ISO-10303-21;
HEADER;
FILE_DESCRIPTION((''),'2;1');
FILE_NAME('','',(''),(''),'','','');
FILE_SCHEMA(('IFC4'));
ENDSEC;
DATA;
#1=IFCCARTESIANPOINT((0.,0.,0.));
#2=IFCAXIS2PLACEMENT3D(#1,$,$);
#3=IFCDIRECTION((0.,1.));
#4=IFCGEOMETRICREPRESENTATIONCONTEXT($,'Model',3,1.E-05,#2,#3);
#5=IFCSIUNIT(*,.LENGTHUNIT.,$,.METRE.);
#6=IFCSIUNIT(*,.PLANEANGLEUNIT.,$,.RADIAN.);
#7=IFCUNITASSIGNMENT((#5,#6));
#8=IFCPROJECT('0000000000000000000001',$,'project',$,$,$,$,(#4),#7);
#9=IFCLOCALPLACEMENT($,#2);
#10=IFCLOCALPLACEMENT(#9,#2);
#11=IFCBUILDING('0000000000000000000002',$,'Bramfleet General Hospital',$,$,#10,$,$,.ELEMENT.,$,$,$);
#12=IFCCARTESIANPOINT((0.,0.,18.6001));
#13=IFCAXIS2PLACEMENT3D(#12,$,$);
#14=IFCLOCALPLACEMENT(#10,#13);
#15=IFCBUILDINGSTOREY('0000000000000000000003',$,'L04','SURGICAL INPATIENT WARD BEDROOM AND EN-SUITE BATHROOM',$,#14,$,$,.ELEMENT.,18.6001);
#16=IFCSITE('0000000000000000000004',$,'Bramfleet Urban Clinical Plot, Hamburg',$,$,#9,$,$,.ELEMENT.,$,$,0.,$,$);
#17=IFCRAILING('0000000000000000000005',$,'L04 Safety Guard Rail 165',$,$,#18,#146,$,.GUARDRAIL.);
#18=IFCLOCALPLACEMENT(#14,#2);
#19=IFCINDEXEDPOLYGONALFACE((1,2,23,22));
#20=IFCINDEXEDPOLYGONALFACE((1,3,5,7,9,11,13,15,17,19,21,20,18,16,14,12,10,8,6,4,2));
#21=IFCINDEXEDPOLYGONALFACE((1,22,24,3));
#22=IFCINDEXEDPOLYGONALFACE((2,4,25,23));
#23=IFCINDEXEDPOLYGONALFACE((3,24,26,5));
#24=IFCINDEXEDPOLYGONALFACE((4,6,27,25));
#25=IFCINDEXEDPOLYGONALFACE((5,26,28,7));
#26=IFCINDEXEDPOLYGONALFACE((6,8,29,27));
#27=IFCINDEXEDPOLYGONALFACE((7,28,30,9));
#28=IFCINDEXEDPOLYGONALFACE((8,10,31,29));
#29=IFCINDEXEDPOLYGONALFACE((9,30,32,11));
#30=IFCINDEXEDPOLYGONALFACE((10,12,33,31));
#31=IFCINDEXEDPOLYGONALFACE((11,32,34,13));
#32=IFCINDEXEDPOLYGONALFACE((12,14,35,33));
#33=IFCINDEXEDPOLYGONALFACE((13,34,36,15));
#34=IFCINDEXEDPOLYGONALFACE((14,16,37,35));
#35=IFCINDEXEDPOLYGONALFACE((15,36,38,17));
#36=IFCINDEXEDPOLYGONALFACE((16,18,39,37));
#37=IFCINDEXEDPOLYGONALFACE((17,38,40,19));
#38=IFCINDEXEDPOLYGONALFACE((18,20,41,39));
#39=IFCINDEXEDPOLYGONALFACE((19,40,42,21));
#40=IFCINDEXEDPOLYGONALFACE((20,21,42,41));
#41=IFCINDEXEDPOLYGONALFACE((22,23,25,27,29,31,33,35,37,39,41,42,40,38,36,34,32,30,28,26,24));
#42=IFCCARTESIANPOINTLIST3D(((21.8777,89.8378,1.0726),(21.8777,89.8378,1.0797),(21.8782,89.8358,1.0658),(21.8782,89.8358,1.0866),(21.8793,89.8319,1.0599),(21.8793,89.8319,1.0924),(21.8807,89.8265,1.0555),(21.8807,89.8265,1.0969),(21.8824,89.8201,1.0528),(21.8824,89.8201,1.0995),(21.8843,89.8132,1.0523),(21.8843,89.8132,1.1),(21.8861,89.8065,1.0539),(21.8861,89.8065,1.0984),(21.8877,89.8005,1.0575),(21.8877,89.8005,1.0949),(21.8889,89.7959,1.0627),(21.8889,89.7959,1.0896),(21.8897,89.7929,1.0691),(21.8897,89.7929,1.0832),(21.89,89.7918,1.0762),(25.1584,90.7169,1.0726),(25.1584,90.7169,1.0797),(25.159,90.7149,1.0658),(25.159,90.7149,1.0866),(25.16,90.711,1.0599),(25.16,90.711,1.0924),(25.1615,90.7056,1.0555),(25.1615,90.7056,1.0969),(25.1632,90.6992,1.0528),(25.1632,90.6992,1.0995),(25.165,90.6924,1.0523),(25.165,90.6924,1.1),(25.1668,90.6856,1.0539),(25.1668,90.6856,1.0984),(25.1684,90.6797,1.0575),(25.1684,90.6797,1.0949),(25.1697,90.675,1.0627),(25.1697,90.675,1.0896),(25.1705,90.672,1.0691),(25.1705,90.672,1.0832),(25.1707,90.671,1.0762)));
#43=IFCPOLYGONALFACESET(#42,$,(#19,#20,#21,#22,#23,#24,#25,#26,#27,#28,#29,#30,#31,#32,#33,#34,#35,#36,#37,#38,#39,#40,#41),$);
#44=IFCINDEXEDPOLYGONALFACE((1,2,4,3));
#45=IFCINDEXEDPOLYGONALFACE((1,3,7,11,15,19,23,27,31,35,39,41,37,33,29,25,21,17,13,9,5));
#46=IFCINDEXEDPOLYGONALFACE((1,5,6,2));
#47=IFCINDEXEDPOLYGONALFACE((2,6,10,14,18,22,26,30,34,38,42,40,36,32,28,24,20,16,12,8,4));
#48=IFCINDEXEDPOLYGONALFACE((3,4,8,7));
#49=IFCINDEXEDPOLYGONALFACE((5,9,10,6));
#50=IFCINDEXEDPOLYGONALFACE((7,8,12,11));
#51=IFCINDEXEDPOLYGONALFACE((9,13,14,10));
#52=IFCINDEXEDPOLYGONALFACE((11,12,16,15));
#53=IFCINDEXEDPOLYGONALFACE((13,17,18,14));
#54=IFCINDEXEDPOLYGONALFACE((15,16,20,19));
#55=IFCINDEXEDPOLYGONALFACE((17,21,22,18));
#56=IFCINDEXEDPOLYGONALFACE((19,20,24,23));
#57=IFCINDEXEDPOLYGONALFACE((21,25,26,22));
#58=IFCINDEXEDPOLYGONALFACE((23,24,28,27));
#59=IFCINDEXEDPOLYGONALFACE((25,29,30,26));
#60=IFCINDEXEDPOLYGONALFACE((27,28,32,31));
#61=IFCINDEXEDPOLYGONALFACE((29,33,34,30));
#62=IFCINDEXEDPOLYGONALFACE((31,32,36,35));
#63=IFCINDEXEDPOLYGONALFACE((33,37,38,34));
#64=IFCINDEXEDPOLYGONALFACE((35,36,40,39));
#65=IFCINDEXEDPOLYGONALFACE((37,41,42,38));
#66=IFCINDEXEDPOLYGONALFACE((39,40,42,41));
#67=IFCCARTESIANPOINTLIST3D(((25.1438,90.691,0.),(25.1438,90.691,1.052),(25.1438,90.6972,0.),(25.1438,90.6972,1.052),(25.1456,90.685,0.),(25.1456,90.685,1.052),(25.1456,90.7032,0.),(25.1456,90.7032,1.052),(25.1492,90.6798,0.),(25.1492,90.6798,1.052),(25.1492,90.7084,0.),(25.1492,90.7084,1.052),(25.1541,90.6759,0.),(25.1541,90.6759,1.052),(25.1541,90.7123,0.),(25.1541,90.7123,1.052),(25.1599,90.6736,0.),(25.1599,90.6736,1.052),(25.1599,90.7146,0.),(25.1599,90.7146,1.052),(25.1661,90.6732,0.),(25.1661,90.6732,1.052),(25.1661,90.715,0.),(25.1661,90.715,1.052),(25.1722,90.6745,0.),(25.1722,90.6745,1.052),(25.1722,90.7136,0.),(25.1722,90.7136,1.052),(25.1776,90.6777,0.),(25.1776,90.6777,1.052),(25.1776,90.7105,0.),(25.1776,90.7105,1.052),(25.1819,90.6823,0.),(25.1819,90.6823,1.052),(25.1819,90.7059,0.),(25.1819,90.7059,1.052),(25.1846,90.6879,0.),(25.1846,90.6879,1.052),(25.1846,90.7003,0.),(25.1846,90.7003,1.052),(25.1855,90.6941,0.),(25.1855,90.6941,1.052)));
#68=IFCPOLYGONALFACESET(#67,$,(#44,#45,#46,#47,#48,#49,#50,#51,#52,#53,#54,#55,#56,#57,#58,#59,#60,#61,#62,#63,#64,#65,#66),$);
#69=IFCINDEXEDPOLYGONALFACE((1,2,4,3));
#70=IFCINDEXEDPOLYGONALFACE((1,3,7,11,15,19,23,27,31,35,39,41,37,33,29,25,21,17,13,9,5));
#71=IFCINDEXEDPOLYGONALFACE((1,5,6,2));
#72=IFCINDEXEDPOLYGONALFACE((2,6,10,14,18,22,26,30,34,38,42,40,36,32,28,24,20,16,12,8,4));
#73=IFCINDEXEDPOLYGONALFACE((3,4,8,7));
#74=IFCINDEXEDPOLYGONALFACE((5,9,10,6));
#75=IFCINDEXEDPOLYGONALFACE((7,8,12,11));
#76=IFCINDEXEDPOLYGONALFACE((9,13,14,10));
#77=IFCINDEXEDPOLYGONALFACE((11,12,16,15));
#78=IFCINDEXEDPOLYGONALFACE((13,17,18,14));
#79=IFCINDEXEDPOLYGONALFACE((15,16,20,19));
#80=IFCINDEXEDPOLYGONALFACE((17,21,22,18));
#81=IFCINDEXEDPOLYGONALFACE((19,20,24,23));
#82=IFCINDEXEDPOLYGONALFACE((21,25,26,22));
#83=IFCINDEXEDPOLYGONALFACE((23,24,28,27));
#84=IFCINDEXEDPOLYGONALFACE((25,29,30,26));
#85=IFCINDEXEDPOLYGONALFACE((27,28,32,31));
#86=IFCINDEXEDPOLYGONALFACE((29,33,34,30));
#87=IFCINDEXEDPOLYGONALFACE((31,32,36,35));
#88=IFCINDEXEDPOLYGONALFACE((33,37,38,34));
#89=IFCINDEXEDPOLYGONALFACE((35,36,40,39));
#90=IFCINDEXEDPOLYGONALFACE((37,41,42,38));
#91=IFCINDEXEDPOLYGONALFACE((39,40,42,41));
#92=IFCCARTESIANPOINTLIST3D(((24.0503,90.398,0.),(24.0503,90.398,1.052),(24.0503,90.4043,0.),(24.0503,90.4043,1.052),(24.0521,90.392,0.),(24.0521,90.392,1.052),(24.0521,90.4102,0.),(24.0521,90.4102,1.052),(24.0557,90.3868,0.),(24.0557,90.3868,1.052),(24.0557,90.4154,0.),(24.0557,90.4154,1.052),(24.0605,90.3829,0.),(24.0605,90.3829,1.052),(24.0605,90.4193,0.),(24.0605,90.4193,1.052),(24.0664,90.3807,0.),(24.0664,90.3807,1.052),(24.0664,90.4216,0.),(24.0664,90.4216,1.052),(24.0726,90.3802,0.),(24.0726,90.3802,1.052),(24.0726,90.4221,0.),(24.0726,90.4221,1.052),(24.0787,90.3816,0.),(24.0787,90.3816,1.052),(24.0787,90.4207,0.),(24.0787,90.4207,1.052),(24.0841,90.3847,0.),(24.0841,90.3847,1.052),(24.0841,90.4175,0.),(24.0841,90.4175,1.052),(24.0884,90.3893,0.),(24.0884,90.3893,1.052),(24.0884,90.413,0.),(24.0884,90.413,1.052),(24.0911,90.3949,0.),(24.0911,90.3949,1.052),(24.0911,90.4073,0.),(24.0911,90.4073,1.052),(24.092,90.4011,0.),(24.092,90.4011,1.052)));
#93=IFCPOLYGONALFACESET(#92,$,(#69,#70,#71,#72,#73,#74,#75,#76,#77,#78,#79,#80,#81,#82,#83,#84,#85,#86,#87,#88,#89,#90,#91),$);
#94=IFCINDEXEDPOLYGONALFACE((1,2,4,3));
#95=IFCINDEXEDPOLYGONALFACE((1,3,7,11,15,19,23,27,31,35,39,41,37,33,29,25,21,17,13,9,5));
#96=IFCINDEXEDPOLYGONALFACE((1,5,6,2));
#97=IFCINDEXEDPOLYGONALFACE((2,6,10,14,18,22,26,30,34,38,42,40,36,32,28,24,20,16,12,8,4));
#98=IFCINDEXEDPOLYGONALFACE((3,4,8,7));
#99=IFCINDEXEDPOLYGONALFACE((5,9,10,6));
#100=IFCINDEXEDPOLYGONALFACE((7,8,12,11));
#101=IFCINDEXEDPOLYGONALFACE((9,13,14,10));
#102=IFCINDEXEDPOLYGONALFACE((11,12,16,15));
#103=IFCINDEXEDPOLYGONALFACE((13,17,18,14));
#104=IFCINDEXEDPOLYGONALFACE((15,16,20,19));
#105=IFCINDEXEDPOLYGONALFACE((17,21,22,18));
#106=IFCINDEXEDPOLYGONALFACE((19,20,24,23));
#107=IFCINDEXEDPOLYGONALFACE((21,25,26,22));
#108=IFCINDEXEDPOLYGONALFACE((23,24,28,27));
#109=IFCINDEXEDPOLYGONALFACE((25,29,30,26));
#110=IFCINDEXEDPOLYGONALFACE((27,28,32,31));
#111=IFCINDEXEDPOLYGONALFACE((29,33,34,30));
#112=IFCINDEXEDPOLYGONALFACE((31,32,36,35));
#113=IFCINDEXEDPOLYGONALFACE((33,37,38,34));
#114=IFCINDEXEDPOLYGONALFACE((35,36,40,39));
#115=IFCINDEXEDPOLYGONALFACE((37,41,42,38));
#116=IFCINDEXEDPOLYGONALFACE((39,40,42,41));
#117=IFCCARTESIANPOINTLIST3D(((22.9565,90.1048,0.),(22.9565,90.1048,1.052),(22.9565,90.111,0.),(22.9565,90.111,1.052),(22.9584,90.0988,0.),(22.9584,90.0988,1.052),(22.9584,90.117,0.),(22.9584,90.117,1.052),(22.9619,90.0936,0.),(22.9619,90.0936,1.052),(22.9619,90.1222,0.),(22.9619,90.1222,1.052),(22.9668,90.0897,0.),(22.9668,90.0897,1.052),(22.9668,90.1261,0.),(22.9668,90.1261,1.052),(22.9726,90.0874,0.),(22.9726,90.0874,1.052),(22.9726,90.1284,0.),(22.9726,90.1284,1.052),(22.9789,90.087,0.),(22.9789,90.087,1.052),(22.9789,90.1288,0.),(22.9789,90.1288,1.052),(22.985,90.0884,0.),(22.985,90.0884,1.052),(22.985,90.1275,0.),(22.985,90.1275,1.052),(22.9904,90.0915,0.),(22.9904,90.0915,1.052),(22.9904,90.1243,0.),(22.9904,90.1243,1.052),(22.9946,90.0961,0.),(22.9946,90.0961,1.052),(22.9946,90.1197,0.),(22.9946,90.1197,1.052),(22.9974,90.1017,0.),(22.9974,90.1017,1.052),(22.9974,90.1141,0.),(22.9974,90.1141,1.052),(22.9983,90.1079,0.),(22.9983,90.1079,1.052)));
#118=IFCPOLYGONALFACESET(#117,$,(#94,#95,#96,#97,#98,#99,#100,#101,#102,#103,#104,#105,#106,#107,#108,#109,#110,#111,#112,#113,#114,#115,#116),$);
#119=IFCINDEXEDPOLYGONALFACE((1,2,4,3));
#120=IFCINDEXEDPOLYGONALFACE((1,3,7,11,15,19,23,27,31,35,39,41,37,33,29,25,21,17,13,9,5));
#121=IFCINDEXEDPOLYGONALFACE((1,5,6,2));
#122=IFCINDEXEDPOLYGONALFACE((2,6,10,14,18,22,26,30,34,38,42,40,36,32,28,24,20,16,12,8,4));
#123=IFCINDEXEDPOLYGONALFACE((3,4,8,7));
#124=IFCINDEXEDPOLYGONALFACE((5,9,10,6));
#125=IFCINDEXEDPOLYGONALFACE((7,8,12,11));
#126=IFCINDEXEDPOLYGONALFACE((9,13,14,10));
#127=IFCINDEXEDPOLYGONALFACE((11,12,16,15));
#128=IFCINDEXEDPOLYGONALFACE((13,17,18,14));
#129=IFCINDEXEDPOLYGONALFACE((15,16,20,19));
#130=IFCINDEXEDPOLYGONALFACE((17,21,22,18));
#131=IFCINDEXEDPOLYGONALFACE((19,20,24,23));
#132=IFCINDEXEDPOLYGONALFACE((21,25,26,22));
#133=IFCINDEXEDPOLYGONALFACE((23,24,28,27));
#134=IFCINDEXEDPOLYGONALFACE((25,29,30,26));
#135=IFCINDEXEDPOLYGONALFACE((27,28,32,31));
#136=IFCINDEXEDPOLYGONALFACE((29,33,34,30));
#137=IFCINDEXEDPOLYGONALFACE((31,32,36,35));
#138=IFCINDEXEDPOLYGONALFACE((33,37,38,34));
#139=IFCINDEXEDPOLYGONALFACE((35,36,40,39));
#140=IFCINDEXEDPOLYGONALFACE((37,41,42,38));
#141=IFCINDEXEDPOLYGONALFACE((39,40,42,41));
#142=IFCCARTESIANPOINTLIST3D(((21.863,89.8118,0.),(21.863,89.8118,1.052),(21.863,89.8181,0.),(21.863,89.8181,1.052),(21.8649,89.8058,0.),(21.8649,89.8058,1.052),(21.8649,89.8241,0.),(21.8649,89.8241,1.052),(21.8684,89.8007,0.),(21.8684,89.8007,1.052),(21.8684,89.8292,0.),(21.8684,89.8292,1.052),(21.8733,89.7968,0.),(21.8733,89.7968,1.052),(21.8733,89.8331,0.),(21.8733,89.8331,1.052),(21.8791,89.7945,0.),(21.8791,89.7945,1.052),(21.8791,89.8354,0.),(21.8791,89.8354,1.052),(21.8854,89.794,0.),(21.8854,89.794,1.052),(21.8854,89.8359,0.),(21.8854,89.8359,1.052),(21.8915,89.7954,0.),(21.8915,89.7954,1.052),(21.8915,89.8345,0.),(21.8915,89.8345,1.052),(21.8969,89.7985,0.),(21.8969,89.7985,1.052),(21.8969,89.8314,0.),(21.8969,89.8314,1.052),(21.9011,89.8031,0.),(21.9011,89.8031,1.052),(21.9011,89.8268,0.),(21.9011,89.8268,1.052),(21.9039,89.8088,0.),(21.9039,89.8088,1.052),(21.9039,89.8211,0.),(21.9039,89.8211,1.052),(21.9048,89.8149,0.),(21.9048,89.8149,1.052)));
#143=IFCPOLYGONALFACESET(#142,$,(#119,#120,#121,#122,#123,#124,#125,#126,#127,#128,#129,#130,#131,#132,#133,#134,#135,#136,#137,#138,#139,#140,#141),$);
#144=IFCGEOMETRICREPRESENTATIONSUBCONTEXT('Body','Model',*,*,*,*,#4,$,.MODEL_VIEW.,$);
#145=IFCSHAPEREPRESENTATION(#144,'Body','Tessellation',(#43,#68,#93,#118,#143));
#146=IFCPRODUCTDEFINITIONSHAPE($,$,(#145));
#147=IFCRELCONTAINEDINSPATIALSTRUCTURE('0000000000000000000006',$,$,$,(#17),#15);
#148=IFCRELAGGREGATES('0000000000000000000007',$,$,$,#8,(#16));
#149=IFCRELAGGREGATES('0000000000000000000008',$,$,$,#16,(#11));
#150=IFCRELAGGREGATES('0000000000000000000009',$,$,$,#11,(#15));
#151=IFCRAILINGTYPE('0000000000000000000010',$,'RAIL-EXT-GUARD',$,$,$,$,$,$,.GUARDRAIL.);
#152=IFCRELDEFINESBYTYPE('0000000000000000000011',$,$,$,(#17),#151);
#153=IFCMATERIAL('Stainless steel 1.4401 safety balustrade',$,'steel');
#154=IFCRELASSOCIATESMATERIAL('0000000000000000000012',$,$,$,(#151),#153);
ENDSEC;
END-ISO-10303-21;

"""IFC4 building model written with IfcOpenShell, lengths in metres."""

from ifc_helpers import new_model, si_unit, direction, frame, origin, origin_2d, place, context, subcontext, project, spatial, circle, extrude, material, type_object, element, save


model = new_model("IFC4")

# Units and contexts
model_context = context("Model", 3, precision=1e-05, world=origin(), true_north=direction((0.0, 1.0)))
body_context = subcontext(model_context, "Body", "Model", "MODEL_VIEW")
ifc_project = project(units=[si_unit("LENGTHUNIT", "METRE"), si_unit("PLANEANGLEUNIT", "RADIAN")], contexts=[model_context])

# Site, building, storey
site_placement = place(None, origin())
site = spatial("IfcSite", under=ifc_project, at=site_placement, Name="Bramfleet Urban Clinical Plot, Hamburg", CompositionType="ELEMENT", RefElevation=0.0)
building_placement = place(site_placement, origin())
building = spatial("IfcBuilding", under=site, at=building_placement, Name="Bramfleet General Hospital", CompositionType="ELEMENT")
storey_placement = place(building_placement, frame((0.0, 0.0, 18.6001)))
storey = spatial("IfcBuildingStorey", under=building, at=storey_placement, Name="L04", Description="SURGICAL INPATIENT WARD BEDROOM AND EN-SUITE BATHROOM", CompositionType="ELEMENT", Elevation=18.6001)

# Railing
ifc_material_1 = material(Name="Stainless steel 1.4401 safety balustrade", Category="steel")
railing_type = type_object("IfcRailingType", Name="RAIL-EXT-GUARD", PredefinedType="GUARDRAIL", material=ifc_material_1)
railing_1_placement = place(storey_placement, frame((25.1646, 90.6941, 0.0)))
element("IfcRailing", 1, at=railing_1_placement, inside=storey, type_object=railing_type, Name="L04 Safety Guard Rail 165", PredefinedType="GUARDRAIL", context=body_context, shape_type="SweptSolid", body=[
    extrude(circle(Radius=0.0239, at=origin_2d()), frame((0.0, 0.0, 1.0762), z_axis=(-0.96592, -0.258839, 0.0), x_axis=(0.258839, -0.96592, 0.0)), (0.0, 0.0, 1.0), 3.3965),
    extrude(circle(Radius=0.021, at=origin_2d()), origin(), (0.0, 0.0, 1.0), 1.052),
    extrude(circle(Radius=0.021, at=origin_2d()), frame((-1.0935, -0.293, 0.0)), (0.0, 0.0, 1.0), 1.052),
    extrude(circle(Radius=0.021, at=origin_2d()), frame((-2.1873, -0.5862, 0.0)), (0.0, 0.0, 1.0), 1.052),
    extrude(circle(Radius=0.021, at=origin_2d()), frame((-3.2808, -0.8792, 0.0)), (0.0, 0.0, 1.0), 1.052),
])

save(model, "model.ifc")
